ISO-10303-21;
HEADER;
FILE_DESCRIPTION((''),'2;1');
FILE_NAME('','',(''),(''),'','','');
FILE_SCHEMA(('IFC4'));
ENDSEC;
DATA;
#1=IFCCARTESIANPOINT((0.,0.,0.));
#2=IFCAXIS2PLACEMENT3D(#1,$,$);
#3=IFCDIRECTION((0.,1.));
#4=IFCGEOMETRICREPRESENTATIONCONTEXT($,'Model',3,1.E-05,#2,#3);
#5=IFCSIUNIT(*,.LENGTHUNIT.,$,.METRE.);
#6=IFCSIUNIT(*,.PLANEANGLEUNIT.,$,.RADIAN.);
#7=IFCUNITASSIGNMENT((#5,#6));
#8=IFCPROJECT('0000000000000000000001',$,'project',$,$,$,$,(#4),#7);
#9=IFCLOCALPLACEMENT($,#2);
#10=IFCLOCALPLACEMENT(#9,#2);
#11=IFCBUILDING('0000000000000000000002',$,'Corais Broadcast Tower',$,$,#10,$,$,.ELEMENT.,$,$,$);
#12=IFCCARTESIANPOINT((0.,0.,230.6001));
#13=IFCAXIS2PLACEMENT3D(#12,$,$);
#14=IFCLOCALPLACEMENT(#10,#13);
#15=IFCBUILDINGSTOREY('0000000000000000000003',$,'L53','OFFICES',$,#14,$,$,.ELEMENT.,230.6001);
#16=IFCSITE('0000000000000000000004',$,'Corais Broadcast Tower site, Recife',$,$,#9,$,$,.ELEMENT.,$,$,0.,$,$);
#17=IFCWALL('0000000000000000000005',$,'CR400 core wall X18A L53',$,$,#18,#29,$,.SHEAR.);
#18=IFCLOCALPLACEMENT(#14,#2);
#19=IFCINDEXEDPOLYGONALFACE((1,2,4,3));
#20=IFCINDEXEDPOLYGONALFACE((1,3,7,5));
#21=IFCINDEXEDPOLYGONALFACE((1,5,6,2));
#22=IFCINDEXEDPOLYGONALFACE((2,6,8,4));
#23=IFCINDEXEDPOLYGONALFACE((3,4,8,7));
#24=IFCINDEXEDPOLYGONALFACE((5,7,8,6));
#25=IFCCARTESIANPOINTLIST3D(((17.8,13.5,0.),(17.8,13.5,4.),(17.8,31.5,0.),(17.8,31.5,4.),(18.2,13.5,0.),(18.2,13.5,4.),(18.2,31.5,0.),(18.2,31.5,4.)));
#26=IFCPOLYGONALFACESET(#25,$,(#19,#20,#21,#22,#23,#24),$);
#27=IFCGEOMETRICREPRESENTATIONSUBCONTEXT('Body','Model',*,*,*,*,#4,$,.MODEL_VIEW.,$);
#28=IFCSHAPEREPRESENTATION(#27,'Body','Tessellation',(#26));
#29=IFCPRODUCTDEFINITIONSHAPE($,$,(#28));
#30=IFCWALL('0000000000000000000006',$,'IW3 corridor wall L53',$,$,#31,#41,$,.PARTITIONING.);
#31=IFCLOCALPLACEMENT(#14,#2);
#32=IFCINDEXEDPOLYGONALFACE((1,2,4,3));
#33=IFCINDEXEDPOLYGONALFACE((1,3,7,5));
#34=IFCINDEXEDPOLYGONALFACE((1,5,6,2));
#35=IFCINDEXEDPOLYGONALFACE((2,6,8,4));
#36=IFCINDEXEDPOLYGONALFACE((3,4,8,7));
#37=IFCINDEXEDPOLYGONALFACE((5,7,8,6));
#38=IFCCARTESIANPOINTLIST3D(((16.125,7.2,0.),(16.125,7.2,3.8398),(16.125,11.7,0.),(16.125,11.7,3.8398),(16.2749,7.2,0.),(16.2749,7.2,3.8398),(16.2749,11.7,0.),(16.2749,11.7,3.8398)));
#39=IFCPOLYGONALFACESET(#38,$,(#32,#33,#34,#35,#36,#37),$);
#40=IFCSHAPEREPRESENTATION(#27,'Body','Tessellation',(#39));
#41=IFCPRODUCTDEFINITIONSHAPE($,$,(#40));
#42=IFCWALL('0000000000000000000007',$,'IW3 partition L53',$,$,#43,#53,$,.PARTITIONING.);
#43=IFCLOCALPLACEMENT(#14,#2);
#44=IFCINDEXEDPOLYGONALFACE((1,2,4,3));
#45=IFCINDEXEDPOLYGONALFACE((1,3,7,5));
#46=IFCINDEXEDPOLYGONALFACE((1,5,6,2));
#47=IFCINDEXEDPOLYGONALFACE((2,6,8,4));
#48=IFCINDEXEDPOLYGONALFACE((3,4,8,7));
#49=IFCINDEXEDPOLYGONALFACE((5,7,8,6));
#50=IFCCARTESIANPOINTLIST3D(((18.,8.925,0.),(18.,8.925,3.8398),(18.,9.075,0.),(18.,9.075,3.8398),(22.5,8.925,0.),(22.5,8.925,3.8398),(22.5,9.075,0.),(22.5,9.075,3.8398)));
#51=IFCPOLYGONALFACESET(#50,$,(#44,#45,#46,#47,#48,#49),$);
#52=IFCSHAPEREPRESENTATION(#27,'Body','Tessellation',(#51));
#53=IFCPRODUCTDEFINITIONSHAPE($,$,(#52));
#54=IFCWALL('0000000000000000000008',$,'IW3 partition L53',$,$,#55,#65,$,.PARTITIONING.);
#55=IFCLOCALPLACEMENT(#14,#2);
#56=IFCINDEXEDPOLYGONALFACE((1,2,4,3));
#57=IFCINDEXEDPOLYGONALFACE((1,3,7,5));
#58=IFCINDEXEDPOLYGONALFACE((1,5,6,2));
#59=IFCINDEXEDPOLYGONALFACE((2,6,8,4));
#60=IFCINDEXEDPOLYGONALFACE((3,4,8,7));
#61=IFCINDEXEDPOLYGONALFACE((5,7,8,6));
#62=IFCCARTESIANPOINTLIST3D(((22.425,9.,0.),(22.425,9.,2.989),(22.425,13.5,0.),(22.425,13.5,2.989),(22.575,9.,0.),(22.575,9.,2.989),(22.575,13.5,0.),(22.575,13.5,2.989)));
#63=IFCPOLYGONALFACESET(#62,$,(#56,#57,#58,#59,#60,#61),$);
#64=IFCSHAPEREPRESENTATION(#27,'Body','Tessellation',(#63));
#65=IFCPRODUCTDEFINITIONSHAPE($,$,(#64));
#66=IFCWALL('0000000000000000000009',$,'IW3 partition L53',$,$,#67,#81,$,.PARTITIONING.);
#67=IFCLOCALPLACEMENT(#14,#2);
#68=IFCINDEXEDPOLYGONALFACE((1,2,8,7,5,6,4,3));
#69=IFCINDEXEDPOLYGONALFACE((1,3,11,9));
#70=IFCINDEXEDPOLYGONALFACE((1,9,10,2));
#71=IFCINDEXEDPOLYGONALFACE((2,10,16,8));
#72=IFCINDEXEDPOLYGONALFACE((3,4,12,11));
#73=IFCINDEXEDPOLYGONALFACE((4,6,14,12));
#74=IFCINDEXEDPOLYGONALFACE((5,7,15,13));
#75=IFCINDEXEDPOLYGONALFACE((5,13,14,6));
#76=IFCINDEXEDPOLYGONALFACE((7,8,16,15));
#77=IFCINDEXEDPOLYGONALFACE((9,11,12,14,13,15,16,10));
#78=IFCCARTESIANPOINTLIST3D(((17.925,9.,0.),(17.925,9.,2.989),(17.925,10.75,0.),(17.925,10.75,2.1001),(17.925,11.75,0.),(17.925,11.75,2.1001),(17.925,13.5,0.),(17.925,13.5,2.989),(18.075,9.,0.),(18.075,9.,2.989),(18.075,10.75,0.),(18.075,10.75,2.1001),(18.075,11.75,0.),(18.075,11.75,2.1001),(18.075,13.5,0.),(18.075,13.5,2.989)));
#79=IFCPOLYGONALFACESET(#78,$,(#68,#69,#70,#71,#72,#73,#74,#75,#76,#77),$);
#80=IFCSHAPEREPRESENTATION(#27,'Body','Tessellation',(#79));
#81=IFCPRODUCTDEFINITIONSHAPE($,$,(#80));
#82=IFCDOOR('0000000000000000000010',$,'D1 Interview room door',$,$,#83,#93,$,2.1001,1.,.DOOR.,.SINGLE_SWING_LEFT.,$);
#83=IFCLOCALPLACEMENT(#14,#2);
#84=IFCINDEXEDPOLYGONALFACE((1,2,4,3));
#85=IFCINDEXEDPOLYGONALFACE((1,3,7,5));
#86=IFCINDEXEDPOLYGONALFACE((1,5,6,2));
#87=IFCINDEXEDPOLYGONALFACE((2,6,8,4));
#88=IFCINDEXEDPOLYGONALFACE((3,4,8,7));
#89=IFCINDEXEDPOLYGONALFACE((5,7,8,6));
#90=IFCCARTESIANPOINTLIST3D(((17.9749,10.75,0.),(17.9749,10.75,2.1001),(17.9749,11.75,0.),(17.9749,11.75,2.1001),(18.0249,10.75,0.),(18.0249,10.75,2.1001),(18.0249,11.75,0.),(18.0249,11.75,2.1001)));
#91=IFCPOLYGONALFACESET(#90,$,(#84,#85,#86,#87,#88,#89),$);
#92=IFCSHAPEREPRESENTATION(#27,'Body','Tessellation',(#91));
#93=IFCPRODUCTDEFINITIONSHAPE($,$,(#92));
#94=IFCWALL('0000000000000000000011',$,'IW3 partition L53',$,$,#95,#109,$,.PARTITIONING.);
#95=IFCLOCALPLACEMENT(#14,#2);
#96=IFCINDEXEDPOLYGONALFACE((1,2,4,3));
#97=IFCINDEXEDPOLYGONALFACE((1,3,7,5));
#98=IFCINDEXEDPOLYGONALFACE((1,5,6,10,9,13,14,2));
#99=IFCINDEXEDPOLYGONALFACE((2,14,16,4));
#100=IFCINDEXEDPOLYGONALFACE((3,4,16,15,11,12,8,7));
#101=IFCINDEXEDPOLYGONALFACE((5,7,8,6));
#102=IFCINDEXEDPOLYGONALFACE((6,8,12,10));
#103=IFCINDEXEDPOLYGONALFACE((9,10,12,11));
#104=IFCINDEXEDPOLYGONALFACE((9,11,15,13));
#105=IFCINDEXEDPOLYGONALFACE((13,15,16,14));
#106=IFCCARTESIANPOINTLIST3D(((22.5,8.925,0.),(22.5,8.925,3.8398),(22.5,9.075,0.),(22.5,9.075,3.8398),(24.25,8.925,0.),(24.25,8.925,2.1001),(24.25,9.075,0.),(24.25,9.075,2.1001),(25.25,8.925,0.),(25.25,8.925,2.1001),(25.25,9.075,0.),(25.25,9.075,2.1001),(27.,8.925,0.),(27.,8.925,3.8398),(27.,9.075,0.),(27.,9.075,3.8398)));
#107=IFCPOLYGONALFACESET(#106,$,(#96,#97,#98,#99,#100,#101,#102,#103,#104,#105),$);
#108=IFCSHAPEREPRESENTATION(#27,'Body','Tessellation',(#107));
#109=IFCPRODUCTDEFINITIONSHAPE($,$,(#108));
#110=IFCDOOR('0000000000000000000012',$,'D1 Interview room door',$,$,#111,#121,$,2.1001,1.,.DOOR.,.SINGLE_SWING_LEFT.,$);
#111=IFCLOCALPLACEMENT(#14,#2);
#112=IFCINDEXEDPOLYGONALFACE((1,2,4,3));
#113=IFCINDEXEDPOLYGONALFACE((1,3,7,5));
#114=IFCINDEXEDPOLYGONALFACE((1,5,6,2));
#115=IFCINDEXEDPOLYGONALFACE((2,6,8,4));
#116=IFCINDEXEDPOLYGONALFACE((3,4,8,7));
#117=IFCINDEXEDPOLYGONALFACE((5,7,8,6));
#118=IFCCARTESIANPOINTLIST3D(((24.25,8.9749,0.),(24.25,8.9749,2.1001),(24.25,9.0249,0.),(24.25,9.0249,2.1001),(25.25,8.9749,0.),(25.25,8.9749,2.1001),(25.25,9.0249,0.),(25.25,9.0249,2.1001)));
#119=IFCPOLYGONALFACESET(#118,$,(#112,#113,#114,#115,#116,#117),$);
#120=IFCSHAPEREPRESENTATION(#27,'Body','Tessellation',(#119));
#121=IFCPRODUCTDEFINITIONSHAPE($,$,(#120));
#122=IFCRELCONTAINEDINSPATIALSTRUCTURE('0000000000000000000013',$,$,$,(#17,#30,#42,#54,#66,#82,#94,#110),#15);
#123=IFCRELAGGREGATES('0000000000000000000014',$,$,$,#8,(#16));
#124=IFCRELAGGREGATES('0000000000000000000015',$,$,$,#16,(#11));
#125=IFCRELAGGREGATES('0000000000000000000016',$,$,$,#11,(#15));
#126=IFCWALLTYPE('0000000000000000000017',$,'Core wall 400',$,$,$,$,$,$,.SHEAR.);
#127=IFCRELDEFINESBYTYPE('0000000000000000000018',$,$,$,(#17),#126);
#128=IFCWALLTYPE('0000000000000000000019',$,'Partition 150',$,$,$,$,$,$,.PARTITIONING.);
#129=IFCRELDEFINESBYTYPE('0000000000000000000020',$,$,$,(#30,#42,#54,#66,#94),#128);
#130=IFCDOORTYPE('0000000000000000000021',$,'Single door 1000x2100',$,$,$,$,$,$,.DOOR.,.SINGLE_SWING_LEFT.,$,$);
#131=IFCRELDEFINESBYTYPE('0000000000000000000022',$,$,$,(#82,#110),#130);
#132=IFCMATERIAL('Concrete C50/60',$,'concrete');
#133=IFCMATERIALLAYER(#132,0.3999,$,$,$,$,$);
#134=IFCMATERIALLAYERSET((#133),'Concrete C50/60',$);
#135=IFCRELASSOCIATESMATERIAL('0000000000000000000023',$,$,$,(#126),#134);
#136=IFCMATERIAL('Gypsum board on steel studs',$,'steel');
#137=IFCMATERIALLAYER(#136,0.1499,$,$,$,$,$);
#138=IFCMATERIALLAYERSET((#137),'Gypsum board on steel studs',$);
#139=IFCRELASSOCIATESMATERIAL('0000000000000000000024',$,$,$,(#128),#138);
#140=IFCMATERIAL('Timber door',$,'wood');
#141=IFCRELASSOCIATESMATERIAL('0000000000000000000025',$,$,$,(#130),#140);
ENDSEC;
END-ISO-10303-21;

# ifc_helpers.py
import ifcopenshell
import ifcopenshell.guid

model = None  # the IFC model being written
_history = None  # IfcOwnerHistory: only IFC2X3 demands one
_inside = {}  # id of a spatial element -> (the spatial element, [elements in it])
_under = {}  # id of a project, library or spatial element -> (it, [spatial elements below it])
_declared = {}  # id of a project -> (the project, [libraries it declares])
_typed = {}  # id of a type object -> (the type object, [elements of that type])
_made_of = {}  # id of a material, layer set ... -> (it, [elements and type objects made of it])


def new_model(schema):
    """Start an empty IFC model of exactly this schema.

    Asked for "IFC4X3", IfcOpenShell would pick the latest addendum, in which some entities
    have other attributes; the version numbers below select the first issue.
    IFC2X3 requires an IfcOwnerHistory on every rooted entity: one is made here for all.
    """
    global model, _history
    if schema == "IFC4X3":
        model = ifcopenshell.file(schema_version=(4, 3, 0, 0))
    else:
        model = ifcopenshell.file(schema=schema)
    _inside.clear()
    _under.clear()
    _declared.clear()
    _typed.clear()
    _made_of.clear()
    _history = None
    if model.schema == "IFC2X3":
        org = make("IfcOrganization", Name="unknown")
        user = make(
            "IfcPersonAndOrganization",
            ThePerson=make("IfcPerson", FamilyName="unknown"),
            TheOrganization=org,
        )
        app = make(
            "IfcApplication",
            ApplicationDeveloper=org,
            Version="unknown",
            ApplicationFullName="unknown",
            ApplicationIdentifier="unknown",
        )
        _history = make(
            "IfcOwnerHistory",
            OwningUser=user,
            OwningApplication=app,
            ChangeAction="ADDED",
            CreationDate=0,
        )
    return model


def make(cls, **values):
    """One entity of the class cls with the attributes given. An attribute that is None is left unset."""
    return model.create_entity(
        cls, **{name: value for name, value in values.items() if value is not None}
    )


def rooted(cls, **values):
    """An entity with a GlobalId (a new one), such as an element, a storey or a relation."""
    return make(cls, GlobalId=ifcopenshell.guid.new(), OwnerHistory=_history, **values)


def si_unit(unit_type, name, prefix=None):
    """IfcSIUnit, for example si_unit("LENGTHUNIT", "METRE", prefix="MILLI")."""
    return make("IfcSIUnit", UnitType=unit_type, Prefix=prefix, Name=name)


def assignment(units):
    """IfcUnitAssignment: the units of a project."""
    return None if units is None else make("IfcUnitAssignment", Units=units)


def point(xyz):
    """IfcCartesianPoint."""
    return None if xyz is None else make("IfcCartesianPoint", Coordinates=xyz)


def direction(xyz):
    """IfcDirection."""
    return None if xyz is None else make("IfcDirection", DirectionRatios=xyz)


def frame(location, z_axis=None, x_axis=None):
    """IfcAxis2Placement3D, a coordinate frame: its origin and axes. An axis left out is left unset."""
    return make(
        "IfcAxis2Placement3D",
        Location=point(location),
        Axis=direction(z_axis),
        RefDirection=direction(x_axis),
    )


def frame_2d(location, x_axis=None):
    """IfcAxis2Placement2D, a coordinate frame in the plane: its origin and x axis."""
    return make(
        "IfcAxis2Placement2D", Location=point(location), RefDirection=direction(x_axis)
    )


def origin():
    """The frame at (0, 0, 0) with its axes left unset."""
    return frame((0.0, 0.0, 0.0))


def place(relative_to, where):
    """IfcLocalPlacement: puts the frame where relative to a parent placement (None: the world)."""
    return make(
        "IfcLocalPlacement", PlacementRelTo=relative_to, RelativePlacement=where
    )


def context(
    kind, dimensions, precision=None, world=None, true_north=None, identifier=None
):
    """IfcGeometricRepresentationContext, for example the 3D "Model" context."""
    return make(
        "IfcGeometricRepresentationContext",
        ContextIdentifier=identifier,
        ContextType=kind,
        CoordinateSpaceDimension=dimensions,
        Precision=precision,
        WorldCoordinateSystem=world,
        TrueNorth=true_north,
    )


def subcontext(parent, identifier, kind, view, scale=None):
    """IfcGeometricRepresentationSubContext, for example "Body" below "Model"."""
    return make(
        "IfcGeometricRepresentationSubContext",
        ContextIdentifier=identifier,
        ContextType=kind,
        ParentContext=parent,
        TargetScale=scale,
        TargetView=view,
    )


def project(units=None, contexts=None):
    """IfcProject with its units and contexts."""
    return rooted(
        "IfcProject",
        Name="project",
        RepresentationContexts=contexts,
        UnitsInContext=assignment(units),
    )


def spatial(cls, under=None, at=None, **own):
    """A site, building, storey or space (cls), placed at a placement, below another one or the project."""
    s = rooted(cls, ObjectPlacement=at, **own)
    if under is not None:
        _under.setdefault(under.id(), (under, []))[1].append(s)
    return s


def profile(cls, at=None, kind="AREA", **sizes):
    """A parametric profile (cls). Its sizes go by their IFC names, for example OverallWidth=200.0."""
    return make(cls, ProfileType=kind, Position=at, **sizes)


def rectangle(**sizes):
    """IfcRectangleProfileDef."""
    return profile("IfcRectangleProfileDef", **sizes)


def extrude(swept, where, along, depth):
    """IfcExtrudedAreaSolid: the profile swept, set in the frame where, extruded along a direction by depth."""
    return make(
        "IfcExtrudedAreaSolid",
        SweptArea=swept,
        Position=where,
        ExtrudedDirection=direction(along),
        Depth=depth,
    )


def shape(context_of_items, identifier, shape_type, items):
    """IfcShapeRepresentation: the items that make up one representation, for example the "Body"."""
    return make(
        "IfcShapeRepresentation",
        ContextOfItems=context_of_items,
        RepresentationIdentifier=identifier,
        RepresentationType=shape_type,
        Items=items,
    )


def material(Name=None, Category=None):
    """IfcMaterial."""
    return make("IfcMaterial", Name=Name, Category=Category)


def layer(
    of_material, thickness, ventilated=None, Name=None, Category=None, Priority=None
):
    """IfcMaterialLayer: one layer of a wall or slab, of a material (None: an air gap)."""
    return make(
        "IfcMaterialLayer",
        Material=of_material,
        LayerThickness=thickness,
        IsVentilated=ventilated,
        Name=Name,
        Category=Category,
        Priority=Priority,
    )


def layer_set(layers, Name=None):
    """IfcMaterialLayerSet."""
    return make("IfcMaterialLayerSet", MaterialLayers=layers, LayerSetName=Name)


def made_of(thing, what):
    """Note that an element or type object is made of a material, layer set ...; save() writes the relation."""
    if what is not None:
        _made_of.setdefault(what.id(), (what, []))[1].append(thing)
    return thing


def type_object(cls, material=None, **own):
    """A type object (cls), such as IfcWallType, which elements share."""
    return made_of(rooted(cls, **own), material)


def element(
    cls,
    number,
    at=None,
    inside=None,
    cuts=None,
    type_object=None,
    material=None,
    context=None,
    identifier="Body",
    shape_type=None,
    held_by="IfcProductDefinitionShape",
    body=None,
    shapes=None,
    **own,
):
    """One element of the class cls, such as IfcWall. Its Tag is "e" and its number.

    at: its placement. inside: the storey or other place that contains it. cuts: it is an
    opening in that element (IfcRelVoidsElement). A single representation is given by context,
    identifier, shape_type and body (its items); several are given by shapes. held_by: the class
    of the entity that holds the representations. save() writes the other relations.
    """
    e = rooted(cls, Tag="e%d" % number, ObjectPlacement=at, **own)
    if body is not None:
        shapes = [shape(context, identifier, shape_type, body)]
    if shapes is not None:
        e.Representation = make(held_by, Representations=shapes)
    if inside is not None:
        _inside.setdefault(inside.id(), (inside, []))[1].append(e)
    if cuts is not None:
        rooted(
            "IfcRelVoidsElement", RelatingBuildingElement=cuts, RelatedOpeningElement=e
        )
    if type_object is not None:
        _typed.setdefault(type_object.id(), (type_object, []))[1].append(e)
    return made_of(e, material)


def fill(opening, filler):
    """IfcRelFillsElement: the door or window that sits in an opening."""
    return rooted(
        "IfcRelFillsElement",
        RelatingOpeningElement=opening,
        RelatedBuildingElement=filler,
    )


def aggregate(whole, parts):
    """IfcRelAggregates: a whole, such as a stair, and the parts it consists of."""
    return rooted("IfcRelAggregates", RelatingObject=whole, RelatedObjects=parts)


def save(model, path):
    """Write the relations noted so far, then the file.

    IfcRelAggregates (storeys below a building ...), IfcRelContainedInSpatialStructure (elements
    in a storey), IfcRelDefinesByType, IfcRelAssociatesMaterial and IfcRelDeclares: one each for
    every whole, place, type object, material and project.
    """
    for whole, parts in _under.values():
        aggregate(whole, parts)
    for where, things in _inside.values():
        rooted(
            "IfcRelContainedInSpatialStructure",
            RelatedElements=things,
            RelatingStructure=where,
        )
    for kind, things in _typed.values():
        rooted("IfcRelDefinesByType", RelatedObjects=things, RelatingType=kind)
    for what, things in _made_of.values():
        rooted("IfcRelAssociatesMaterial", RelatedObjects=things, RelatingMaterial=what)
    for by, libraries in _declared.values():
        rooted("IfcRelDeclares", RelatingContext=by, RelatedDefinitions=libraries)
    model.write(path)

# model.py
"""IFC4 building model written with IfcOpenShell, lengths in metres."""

from ifc_helpers import new_model, si_unit, direction, frame, frame_2d, origin, place, context, subcontext, project, spatial, rectangle, extrude, material, layer, layer_set, type_object, element, fill, save


model = new_model("IFC4")

# Units and contexts
model_context = context("Model", 3, precision=1e-05, world=origin(), true_north=direction((0.0, 1.0)))
body_context = subcontext(model_context, "Body", "Model", "MODEL_VIEW")
ifc_project = project(units=[si_unit("LENGTHUNIT", "METRE"), si_unit("PLANEANGLEUNIT", "RADIAN")], contexts=[model_context])

# Site, building, storey
site_placement = place(None, origin())
site = spatial("IfcSite", under=ifc_project, at=site_placement, Name="Corais Broadcast Tower site, Recife", CompositionType="ELEMENT", RefElevation=0.0)
building_placement = place(site_placement, origin())
building = spatial("IfcBuilding", under=site, at=building_placement, Name="Corais Broadcast Tower", CompositionType="ELEMENT")
storey_placement = place(building_placement, frame((0.0, 0.0, 230.6001)))
storey = spatial("IfcBuildingStorey", under=building, at=storey_placement, Name="L53", Description="OFFICES", CompositionType="ELEMENT", Elevation=230.6001)

# Walls
ifc_material_1 = material(Name="Concrete C50/60", Category="concrete")
ifc_layer_1 = layer(ifc_material_1, 0.3999)
ifc_layer_set_1 = layer_set([ifc_layer_1], Name="Concrete C50/60")
wall_type_1 = type_object("IfcWallType", Name="Core wall 400", PredefinedType="SHEAR", material=ifc_layer_set_1)
wall_1_placement = place(storey_placement, frame((18.0, 13.5, 0.0), z_axis=(0.0, 0.0, 1.0), x_axis=(0.0, 1.0, 0.0)))
element("IfcWall", 1, at=wall_1_placement, inside=storey, type_object=wall_type_1, Name="CR400 core wall X18A L53", PredefinedType="SHEAR", context=body_context, shape_type="SweptSolid", body=[
    extrude(rectangle(XDim=18.0, YDim=0.3999, at=frame_2d((9.0, 0.0))), origin(), (0.0, 0.0, 1.0), 4.0),
])
ifc_material_2 = material(Name="Gypsum board on steel studs", Category="steel")
ifc_layer_2 = layer(ifc_material_2, 0.1499)
ifc_layer_set_2 = layer_set([ifc_layer_2], Name="Gypsum board on steel studs")
wall_type_2 = type_object("IfcWallType", Name="Partition 150", PredefinedType="PARTITIONING", material=ifc_layer_set_2)
for number, where, z_axis, x_axis, name in (
    (2, (16.2, 11.7, 0.0), (0.0, 0.0, 1.0), (0.0, -1.0, 0.0), "IW3 corridor wall L53"),
    (3, (18.0, 9.0, 0.0), (0.0, 0.0, 1.0), (1.0, 0.0, 0.0), "IW3 partition L53"),
):
    element("IfcWall", number, at=place(storey_placement, frame(where, z_axis=z_axis, x_axis=x_axis)), inside=storey, type_object=wall_type_2, Name=name, PredefinedType="PARTITIONING", context=body_context, shape_type="SweptSolid", body=[
        extrude(rectangle(XDim=4.5, YDim=0.1499, at=frame_2d((2.25, 0.0))), origin(), (0.0, 0.0, 1.0), 3.8398),
    ])
wall_2_placement = place(storey_placement, frame((22.5, 9.0, 0.0), z_axis=(0.0, 0.0, 1.0), x_axis=(0.0, 1.0, 0.0)))
element("IfcWall", 4, at=wall_2_placement, inside=storey, type_object=wall_type_2, Name="IW3 partition L53", PredefinedType="PARTITIONING", context=body_context, shape_type="SweptSolid", body=[
    extrude(rectangle(XDim=4.5, YDim=0.1499, at=frame_2d((2.25, 0.0))), origin(), (0.0, 0.0, 1.0), 2.989),
])

# Walls, openings, doors
wall_3_placement = place(storey_placement, frame((18.0, 13.5, 0.0), z_axis=(0.0, 0.0, 1.0), x_axis=(0.0, -1.0, 0.0)))
wall_3 = element("IfcWall", 5, at=wall_3_placement, inside=storey, type_object=wall_type_2, Name="IW3 partition L53", PredefinedType="PARTITIONING", context=body_context, shape_type="SweptSolid", body=[
    extrude(rectangle(XDim=4.5, YDim=0.1499, at=frame_2d((2.25, 0.0))), origin(), (0.0, 0.0, 1.0), 2.989),
])
opening_1_placement = place(wall_3_placement, frame((1.75, 0.0, 0.0)))
opening_1 = element("IfcOpeningElement", 6, at=opening_1_placement, cuts=wall_3, PredefinedType="OPENING", context=body_context, shape_type="SweptSolid", body=[
    extrude(rectangle(XDim=1.0, YDim=2.1001, at=frame_2d((0.5, 1.05))), frame((0.0, 0.085, 0.0), z_axis=(0.0, -1.0, 0.0), x_axis=(1.0, 0.0, 0.0)), (0.0, 0.0, 1.0), 0.1699),
])
ifc_material_3 = material(Name="Timber door", Category="wood")
door_type = type_object("IfcDoorType", Name="Single door 1000x2100", OperationType="SINGLE_SWING_LEFT", PredefinedType="DOOR", material=ifc_material_3)
door_1_placement = place(opening_1_placement, origin())
door_1 = element("IfcDoor", 7, at=door_1_placement, inside=storey, type_object=door_type, Name="D1 Interview room door", OperationType="SINGLE_SWING_LEFT", OverallHeight=2.1001, OverallWidth=1.0, PredefinedType="DOOR", context=body_context, shape_type="SweptSolid", body=[
    extrude(rectangle(XDim=1.0, YDim=2.1001, at=frame_2d((0.5, 1.05))), frame((0.0, 0.0249, 0.0), z_axis=(0.0, -1.0, 0.0), x_axis=(1.0, 0.0, 0.0)), (0.0, 0.0, 1.0), 0.05),
])
fill(opening_1, door_1)
wall_4_placement = place(storey_placement, frame((22.5, 9.0, 0.0), z_axis=(0.0, 0.0, 1.0), x_axis=(1.0, 0.0, 0.0)))
wall_4 = element("IfcWall", 8, at=wall_4_placement, inside=storey, type_object=wall_type_2, Name="IW3 partition L53", PredefinedType="PARTITIONING", context=body_context, shape_type="SweptSolid", body=[
    extrude(rectangle(XDim=4.5, YDim=0.1499, at=frame_2d((2.25, 0.0))), origin(), (0.0, 0.0, 1.0), 3.8398),
])
opening_2_placement = place(wall_4_placement, frame((1.75, 0.0, 0.0)))
opening_2 = element("IfcOpeningElement", 9, at=opening_2_placement, cuts=wall_4, PredefinedType="OPENING", context=body_context, shape_type="SweptSolid", body=[
    extrude(rectangle(XDim=1.0, YDim=2.1001, at=frame_2d((0.5, 1.05))), frame((0.0, 0.085, 0.0), z_axis=(0.0, -1.0, 0.0), x_axis=(1.0, 0.0, 0.0)), (0.0, 0.0, 1.0), 0.1699),
])
door_2_placement = place(opening_2_placement, origin())
door_2 = element("IfcDoor", 10, at=door_2_placement, inside=storey, type_object=door_type, Name="D1 Interview room door", OperationType="SINGLE_SWING_LEFT", OverallHeight=2.1001, OverallWidth=1.0, PredefinedType="DOOR", context=body_context, shape_type="SweptSolid", body=[
    extrude(rectangle(XDim=1.0, YDim=2.1001, at=frame_2d((0.5, 1.05))), frame((0.0, 0.0249, 0.0), z_axis=(0.0, -1.0, 0.0), x_axis=(1.0, 0.0, 0.0)), (0.0, 0.0, 1.0), 0.05),
])
fill(opening_2, door_2)

save(model, "model.ifc")
